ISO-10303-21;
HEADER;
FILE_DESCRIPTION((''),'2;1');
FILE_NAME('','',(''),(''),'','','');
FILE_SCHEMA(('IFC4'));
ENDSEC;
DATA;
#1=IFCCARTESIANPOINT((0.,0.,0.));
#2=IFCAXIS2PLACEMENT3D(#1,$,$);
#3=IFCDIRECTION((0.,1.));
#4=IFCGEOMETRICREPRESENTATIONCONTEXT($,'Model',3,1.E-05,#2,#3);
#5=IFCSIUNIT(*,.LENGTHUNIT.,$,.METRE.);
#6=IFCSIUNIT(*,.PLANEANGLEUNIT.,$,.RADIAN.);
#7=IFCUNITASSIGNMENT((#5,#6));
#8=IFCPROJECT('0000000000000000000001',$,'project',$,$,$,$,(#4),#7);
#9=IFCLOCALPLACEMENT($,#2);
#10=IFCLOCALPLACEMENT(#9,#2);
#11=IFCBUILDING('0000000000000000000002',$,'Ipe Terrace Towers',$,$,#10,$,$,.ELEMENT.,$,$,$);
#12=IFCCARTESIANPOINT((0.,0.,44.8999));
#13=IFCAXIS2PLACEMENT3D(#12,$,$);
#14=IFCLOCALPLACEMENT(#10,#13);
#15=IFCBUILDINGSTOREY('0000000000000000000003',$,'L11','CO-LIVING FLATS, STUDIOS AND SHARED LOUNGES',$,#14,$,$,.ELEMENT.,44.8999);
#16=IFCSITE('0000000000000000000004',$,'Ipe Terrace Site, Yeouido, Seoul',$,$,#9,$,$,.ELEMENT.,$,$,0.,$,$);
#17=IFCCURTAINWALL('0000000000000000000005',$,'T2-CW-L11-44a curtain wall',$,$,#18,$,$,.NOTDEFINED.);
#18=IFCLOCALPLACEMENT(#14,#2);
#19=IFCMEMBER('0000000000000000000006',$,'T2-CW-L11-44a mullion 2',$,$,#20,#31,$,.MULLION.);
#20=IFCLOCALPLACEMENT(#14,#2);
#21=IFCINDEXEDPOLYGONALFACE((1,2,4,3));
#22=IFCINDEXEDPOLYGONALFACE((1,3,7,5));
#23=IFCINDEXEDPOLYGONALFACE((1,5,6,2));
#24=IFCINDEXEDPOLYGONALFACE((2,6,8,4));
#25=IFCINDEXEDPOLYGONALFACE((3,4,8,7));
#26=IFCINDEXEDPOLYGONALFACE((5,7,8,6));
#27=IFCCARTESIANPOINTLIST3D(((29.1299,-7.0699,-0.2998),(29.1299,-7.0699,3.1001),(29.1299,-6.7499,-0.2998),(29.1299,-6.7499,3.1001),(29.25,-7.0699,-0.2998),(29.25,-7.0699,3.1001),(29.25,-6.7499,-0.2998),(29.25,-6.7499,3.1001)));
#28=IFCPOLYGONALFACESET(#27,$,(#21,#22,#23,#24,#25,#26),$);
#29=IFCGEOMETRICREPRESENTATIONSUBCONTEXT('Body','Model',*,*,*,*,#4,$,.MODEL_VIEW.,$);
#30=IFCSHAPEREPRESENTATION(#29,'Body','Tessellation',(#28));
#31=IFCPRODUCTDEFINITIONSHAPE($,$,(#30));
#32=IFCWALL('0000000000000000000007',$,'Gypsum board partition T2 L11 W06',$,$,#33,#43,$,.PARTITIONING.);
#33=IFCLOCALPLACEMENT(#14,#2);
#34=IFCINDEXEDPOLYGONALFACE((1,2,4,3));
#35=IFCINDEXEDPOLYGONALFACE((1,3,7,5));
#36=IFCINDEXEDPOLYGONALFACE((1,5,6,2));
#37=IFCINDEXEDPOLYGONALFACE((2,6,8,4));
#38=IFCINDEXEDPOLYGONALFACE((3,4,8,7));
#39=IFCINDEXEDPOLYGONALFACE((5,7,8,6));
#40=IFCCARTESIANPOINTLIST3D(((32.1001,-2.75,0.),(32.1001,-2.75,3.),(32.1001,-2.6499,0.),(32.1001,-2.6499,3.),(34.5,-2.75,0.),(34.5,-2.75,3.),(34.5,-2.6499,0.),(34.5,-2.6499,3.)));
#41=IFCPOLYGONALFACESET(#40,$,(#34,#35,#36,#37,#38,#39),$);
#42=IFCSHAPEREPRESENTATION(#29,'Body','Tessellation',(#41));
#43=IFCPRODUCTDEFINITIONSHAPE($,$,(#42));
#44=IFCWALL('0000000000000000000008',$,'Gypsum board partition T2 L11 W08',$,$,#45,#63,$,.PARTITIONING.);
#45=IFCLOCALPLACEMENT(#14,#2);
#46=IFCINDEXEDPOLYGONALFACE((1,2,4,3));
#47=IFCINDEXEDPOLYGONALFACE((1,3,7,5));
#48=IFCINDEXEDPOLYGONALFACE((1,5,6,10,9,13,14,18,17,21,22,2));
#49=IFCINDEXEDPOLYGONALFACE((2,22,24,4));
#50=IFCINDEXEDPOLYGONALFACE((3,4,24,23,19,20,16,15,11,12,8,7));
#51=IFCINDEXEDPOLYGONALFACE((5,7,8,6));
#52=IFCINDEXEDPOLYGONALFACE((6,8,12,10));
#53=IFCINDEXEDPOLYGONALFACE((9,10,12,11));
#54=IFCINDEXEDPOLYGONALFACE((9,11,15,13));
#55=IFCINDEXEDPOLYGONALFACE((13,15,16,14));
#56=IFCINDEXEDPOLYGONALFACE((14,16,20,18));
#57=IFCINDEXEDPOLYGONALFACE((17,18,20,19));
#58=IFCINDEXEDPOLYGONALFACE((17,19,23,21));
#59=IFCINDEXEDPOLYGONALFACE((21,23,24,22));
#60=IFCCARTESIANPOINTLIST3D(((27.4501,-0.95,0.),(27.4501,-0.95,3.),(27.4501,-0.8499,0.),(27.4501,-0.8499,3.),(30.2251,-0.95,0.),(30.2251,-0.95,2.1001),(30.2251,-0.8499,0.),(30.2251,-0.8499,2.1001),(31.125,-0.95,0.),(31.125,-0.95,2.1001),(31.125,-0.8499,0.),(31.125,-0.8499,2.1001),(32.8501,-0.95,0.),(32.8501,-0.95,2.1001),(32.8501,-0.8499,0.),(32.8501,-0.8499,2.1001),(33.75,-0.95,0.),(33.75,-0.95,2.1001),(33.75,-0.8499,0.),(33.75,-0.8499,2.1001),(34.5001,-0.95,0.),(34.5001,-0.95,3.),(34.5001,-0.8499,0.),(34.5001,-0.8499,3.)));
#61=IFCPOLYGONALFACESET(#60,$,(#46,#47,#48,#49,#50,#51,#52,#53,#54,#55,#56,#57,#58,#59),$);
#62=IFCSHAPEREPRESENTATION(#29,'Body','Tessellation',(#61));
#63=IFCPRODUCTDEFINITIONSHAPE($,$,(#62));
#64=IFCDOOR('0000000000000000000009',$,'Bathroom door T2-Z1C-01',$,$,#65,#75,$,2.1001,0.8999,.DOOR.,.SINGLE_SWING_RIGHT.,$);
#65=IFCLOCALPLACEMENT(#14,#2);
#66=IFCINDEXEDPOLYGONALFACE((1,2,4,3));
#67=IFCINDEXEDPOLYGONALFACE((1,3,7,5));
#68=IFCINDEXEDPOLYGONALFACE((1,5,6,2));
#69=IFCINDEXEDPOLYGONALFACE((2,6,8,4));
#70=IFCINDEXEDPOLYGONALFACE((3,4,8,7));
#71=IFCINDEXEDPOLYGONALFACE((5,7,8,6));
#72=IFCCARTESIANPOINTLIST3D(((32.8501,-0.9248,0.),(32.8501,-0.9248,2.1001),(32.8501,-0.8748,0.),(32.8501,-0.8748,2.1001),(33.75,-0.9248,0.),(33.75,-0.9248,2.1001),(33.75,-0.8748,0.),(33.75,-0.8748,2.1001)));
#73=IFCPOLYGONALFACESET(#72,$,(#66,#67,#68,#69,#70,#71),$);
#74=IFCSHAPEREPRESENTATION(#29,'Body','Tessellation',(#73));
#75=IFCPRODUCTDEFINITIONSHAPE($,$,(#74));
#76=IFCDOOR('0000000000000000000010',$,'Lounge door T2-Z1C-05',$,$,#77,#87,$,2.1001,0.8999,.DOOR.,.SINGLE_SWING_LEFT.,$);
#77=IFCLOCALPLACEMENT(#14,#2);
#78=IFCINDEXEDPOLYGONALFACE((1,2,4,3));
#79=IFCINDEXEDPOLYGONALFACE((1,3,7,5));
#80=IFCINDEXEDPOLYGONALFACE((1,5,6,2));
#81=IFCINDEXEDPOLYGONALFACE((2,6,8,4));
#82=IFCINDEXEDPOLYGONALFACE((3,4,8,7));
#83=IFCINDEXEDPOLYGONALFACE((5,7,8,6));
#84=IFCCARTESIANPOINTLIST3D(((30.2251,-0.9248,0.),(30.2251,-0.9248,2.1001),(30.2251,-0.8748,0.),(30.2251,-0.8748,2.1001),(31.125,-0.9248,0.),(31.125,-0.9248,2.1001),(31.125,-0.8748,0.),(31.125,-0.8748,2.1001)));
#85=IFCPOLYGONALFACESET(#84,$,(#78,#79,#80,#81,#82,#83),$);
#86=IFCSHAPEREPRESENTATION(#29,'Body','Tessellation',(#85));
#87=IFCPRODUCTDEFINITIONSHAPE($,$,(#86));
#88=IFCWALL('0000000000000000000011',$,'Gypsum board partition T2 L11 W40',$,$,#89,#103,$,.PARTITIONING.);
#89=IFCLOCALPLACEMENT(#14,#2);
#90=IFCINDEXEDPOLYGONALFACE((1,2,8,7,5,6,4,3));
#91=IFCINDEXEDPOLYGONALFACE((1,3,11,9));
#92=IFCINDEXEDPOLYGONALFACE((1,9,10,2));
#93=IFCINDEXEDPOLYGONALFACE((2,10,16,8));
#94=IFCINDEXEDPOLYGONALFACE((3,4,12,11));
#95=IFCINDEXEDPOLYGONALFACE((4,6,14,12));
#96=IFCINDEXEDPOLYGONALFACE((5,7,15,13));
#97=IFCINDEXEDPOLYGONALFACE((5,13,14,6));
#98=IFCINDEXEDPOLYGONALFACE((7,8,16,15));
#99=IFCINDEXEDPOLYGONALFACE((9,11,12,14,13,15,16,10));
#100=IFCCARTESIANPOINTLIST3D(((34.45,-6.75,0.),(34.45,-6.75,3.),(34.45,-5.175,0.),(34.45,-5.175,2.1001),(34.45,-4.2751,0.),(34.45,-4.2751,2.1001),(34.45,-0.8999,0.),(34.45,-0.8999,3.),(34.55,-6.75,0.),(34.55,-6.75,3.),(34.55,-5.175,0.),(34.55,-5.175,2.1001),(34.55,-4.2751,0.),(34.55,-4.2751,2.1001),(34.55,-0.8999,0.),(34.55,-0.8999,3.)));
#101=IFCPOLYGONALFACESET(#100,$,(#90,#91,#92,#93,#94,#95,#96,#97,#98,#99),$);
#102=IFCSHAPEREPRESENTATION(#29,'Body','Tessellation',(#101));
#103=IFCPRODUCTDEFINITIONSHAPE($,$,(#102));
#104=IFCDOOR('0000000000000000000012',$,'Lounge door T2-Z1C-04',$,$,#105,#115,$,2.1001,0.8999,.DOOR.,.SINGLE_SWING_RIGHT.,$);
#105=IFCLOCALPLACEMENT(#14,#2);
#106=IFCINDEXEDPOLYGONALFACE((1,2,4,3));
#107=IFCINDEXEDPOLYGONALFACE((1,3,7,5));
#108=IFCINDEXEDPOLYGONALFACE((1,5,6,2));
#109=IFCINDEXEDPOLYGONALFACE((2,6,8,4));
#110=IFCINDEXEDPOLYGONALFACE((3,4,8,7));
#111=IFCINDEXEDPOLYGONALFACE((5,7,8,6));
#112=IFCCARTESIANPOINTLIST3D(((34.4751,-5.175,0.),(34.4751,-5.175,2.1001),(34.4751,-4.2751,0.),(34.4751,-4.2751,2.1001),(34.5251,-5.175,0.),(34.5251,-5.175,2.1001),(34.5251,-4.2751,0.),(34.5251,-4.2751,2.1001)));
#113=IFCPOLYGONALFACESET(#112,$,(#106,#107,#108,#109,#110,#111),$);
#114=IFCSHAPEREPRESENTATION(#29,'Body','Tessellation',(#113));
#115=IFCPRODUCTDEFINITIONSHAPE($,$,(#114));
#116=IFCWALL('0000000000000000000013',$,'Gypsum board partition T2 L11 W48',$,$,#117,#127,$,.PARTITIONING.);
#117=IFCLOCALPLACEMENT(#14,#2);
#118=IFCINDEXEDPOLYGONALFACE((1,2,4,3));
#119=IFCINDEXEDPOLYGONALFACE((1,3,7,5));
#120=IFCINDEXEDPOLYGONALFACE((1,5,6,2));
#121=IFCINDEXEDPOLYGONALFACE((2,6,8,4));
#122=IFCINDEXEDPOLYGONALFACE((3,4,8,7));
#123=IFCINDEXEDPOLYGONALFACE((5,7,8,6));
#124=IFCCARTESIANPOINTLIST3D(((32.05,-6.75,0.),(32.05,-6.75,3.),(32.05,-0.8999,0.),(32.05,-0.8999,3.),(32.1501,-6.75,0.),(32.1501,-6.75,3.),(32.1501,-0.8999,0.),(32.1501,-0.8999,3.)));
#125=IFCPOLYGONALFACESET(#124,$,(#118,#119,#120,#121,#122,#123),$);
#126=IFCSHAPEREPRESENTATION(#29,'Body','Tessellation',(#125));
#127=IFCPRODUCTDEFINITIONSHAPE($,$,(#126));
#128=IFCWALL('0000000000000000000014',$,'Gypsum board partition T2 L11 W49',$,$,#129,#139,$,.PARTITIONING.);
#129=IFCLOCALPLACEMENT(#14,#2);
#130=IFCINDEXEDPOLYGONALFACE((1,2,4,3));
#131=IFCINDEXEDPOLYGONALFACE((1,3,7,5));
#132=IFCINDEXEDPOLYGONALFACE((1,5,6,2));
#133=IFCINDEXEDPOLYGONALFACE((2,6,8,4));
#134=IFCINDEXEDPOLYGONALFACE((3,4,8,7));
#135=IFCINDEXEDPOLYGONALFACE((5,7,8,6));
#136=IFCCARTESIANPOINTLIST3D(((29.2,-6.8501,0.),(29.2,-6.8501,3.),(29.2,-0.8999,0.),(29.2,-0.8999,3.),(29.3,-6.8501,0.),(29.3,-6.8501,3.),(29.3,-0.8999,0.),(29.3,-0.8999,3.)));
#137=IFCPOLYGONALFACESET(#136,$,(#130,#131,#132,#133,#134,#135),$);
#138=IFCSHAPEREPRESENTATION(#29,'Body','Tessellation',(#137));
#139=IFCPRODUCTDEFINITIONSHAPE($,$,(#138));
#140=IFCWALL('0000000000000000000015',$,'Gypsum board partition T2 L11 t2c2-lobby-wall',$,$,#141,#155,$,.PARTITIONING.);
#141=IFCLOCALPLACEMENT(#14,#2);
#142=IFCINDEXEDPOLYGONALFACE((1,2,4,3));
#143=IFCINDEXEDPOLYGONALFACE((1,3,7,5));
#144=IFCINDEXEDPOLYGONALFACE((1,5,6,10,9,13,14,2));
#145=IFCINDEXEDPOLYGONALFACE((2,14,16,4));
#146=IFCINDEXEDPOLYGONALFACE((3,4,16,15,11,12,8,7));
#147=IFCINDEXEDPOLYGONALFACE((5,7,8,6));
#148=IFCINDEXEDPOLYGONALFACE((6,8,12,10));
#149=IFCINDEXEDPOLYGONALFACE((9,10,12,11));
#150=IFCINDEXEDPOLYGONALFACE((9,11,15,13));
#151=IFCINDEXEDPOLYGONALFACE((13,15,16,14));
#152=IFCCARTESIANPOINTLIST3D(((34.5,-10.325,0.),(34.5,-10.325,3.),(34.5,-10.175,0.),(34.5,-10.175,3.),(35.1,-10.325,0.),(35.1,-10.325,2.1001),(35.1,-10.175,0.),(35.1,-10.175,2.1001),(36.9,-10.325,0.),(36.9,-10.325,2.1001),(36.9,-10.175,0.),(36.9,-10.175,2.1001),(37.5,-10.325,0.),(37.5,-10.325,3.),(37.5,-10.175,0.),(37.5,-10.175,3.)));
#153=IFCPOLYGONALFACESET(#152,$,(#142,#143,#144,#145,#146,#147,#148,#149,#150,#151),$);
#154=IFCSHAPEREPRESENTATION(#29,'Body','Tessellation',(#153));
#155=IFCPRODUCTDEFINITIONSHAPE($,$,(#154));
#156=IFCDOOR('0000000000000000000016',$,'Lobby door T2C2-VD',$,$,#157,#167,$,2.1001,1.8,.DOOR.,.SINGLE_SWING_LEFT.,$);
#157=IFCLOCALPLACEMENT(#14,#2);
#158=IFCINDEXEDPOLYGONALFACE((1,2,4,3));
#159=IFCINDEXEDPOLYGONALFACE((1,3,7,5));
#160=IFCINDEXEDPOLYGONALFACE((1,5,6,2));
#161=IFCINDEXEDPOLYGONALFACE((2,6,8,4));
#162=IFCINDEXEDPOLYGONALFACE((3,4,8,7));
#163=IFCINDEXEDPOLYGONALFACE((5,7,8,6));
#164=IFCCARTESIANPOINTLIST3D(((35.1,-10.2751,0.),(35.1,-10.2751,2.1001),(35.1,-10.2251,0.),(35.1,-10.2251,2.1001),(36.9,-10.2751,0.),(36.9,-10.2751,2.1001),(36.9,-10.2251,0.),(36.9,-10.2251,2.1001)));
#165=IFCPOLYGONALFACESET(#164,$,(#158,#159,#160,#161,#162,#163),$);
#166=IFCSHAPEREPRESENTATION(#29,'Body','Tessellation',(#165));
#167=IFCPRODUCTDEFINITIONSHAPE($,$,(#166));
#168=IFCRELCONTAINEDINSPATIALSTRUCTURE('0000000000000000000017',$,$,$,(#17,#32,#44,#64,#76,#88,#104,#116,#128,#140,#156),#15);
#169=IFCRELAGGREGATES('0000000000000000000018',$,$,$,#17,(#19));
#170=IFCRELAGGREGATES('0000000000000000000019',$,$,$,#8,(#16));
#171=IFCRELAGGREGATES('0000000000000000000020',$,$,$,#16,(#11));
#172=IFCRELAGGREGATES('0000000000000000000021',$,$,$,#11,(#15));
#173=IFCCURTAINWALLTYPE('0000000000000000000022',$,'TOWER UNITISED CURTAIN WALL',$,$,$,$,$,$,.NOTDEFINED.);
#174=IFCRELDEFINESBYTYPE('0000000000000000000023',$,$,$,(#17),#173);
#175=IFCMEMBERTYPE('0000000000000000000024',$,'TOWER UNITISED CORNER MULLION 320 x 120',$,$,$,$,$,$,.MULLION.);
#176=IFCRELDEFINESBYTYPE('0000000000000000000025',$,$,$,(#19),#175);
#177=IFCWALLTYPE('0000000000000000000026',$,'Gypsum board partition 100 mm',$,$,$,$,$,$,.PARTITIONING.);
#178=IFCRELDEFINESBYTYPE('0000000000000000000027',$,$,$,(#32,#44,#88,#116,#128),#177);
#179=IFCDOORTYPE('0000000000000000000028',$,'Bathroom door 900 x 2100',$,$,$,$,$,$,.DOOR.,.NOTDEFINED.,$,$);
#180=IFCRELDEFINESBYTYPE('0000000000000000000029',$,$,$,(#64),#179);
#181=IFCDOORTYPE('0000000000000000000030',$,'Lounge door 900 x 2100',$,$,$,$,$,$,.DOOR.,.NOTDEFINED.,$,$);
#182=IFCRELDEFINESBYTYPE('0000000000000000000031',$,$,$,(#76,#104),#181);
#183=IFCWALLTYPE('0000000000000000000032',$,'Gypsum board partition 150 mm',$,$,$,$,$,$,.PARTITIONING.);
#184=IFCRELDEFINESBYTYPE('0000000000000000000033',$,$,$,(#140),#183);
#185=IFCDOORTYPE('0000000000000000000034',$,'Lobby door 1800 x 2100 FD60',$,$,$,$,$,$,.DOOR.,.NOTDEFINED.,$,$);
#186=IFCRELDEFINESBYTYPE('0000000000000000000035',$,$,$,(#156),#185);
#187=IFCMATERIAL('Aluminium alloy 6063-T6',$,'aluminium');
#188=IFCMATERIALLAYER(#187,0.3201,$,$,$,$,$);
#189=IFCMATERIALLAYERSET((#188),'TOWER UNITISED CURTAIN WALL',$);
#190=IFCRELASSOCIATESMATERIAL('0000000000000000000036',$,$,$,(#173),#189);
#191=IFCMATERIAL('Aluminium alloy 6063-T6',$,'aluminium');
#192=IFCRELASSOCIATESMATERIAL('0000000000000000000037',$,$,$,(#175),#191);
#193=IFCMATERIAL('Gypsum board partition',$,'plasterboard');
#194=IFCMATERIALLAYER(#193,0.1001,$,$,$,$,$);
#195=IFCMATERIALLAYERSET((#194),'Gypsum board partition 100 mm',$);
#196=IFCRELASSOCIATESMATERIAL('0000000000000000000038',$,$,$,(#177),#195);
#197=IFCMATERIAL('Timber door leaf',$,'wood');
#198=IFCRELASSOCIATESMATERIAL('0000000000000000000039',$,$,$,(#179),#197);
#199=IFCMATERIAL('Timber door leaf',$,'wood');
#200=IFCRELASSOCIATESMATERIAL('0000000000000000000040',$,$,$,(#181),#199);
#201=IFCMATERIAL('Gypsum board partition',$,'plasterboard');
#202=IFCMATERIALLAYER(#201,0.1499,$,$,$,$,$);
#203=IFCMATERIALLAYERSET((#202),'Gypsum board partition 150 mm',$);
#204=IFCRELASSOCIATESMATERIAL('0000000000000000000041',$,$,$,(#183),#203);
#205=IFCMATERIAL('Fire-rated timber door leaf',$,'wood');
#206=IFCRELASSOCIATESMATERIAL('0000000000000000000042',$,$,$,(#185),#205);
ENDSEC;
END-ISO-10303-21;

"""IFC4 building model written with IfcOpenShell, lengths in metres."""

from ifc_helpers import new_model, si_unit, direction, frame, frame_2d, origin, origin_2d, place, context, subcontext, project, spatial, rectangle, extrude, material, layer, layer_set, material_profile, profile_set, type_object, element, fill, aggregate, save


model = new_model("IFC4")

# Units and contexts
model_context = context("Model", 3, precision=1e-05, world=origin(), true_north=direction((0.0, 1.0)))
body_context = subcontext(model_context, "Body", "Model", "MODEL_VIEW")
ifc_project = project(units=[si_unit("LENGTHUNIT", "METRE"), si_unit("PLANEANGLEUNIT", "RADIAN")], contexts=[model_context])

# Site, building, storey
site_placement = place(None, origin())
site = spatial("IfcSite", under=ifc_project, at=site_placement, Name="Ipe Terrace Site, Yeouido, Seoul", CompositionType="ELEMENT", RefElevation=0.0)
building_placement = place(site_placement, origin())
building = spatial("IfcBuilding", under=site, at=building_placement, Name="Ipe Terrace Towers", CompositionType="ELEMENT")
storey_placement = place(building_placement, frame((0.0, 0.0, 44.8999)))
storey = spatial("IfcBuildingStorey", under=building, at=storey_placement, Name="L11", Description="CO-LIVING FLATS, STUDIOS AND SHARED LOUNGES", CompositionType="ELEMENT", Elevation=44.8999)

# Curtain wall, member
ifc_material_1 = material(Name="Aluminium alloy 6063-T6", Category="aluminium")
ifc_layer_1 = layer(ifc_material_1, 0.3201)
ifc_layer_set_1 = layer_set([ifc_layer_1], Name="TOWER UNITISED CURTAIN WALL")
curtain_wall_type = type_object("IfcCurtainWallType", Name="TOWER UNITISED CURTAIN WALL", PredefinedType="NOTDEFINED", material=ifc_layer_set_1)
curtain_wall_placement = place(storey_placement, origin())
curtain_wall = element("IfcCurtainWall", 1, at=curtain_wall_placement, inside=storey, type_object=curtain_wall_type, Name="T2-CW-L11-44a curtain wall", PredefinedType="NOTDEFINED")
ifc_material_2 = material(Name="Aluminium alloy 6063-T6", Category="aluminium")
ifc_material_profile_1 = material_profile(ifc_material_2, rectangle(XDim=0.3201, YDim=0.1201, at=origin_2d()), Name="TOWER UNITISED CORNER MULLION 320 x 120")
ifc_profile_set_1 = profile_set([ifc_material_profile_1], Name="Aluminium alloy 6063-T6")
member_type = type_object("IfcMemberType", Name="TOWER UNITISED CORNER MULLION 320 x 120", PredefinedType="MULLION", material=ifc_profile_set_1)
member_placement = place(storey_placement, frame((29.1899, -6.9099, -0.2998), z_axis=(0.0, 0.0, 1.0), x_axis=(0.0, -1.0, 0.0)))
member = element("IfcMember", 2, at=member_placement, type_object=member_type, Name="T2-CW-L11-44a mullion 2", PredefinedType="MULLION", context=body_context, shape_type="SweptSolid", body=[
    extrude(rectangle(XDim=0.3201, YDim=0.1201, at=origin_2d()), origin(), (0.0, 0.0, 1.0), 3.3999),
])
aggregate(curtain_wall, [member])

# Wall
ifc_material_3 = material(Name="Gypsum board partition", Category="plasterboard")
ifc_layer_2 = layer(ifc_material_3, 0.1001)
ifc_layer_set_2 = layer_set([ifc_layer_2], Name="Gypsum board partition 100 mm")
wall_type_1 = type_object("IfcWallType", Name="Gypsum board partition 100 mm", PredefinedType="PARTITIONING", material=ifc_layer_set_2)
wall_1_placement = place(storey_placement, frame((34.5, -2.7, 0.0), z_axis=(0.0, 0.0, 1.0), x_axis=(-1.0, 0.0, 0.0)))
element("IfcWall", 3, at=wall_1_placement, inside=storey, type_object=wall_type_1, Name="Gypsum board partition T2 L11 W06", PredefinedType="PARTITIONING", context=body_context, shape_type="SweptSolid", body=[
    extrude(rectangle(XDim=2.3999, YDim=0.1001, at=frame_2d((1.2, 0.0))), origin(), (0.0, 0.0, 1.0), 3.0),
])

# Wall, openings, doors
wall_2_placement = place(storey_placement, frame((34.5, -0.8999, 0.0), z_axis=(0.0, 0.0, 1.0), x_axis=(-1.0, 0.0, 0.0)))
wall_2 = element("IfcWall", 4, at=wall_2_placement, inside=storey, type_object=wall_type_1, Name="Gypsum board partition T2 L11 W08", PredefinedType="PARTITIONING", context=body_context, shape_type="SweptSolid", body=[
    extrude(rectangle(XDim=7.05, YDim=0.1001, at=frame_2d((3.5249, 0.0))), origin(), (0.0, 0.0, 1.0), 3.0),
])
opening_1_placement = place(wall_2_placement, frame((0.75, 0.0, 0.0)))
opening_1 = element("IfcOpeningElement", 5, at=opening_1_placement, cuts=wall_2, PredefinedType="OPENING", context=body_context, shape_type="SweptSolid", body=[
    extrude(rectangle(XDim=0.8999, YDim=2.1001, at=frame_2d((0.45, 1.05))), frame((0.0, 0.0601, 0.0), z_axis=(0.0, -1.0, 0.0), x_axis=(1.0, 0.0, 0.0)), (0.0, 0.0, 1.0), 0.1201),
])
opening_2_placement = place(wall_2_placement, frame((3.375, 0.0, 0.0)))
opening_2 = element("IfcOpeningElement", 6, at=opening_2_placement, cuts=wall_2, PredefinedType="OPENING", context=body_context, shape_type="SweptSolid", body=[
    extrude(rectangle(XDim=0.8999, YDim=2.1001, at=frame_2d((0.45, 1.05))), frame((0.0, 0.0601, 0.0), z_axis=(0.0, -1.0, 0.0), x_axis=(1.0, 0.0, 0.0)), (0.0, 0.0, 1.0), 0.1201),
])
ifc_material_4 = material(Name="Timber door leaf", Category="wood")
door_type_1 = type_object("IfcDoorType", Name="Bathroom door 900 x 2100", OperationType="NOTDEFINED", PredefinedType="DOOR", material=ifc_material_4)
door_1_placement = place(opening_1_placement, origin())
door_1 = element("IfcDoor", 7, at=door_1_placement, inside=storey, type_object=door_type_1, Name="Bathroom door T2-Z1C-01", OperationType="SINGLE_SWING_RIGHT", OverallHeight=2.1001, OverallWidth=0.8999, PredefinedType="DOOR", context=body_context, shape_type="SweptSolid", body=[
    extrude(rectangle(XDim=0.8999, YDim=2.1001, at=frame_2d((0.45, 1.05))), frame((0.0, 0.0249, 0.0), z_axis=(0.0, -1.0, 0.0), x_axis=(1.0, 0.0, 0.0)), (0.0, 0.0, 1.0), 0.05),
])
fill(opening_1, door_1)
ifc_material_5 = material(Name="Timber door leaf", Category="wood")
door_type_2 = type_object("IfcDoorType", Name="Lounge door 900 x 2100", OperationType="NOTDEFINED", PredefinedType="DOOR", material=ifc_material_5)
door_2_placement = place(opening_2_placement, origin())
door_2 = element("IfcDoor", 8, at=door_2_placement, inside=storey, type_object=door_type_2, Name="Lounge door T2-Z1C-05", OperationType="SINGLE_SWING_LEFT", OverallHeight=2.1001, OverallWidth=0.8999, PredefinedType="DOOR", context=body_context, shape_type="SweptSolid", body=[
    extrude(rectangle(XDim=0.8999, YDim=2.1001, at=frame_2d((0.45, 1.05))), frame((0.0, 0.0249, 0.0), z_axis=(0.0, -1.0, 0.0), x_axis=(1.0, 0.0, 0.0)), (0.0, 0.0, 1.0), 0.05),
])
fill(opening_2, door_2)

# Wall, opening, door
wall_3_placement = place(storey_placement, frame((34.5, -6.75, 0.0), z_axis=(0.0, 0.0, 1.0), x_axis=(0.0, 1.0, 0.0)))
wall_3 = element("IfcWall", 9, at=wall_3_placement, inside=storey, type_object=wall_type_1, Name="Gypsum board partition T2 L11 W40", PredefinedType="PARTITIONING", context=body_context, shape_type="SweptSolid", body=[
    extrude(rectangle(XDim=5.8501, YDim=0.1001, at=frame_2d((2.925, 0.0))), origin(), (0.0, 0.0, 1.0), 3.0),
])
opening_3_placement = place(wall_3_placement, frame((1.575, 0.0, 0.0)))
opening_3 = element("IfcOpeningElement", 10, at=opening_3_placement, cuts=wall_3, PredefinedType="OPENING", context=body_context, shape_type="SweptSolid", body=[
    extrude(rectangle(XDim=0.8999, YDim=2.1001, at=frame_2d((0.45, 1.05))), frame((0.0, 0.0601, 0.0), z_axis=(0.0, -1.0, 0.0), x_axis=(1.0, 0.0, 0.0)), (0.0, 0.0, 1.0), 0.1201),
])
door_3_placement = place(opening_3_placement, origin())
door_3 = element("IfcDoor", 11, at=door_3_placement, inside=storey, type_object=door_type_2, Name="Lounge door T2-Z1C-04", OperationType="SINGLE_SWING_RIGHT", OverallHeight=2.1001, OverallWidth=0.8999, PredefinedType="DOOR", context=body_context, shape_type="SweptSolid", body=[
    extrude(rectangle(XDim=0.8999, YDim=2.1001, at=frame_2d((0.45, 1.05))), frame((0.0, 0.0249, 0.0), z_axis=(0.0, -1.0, 0.0), x_axis=(1.0, 0.0, 0.0)), (0.0, 0.0, 1.0), 0.05),
])
fill(opening_3, door_3)

# Walls
wall_4_placement = place(storey_placement, frame((32.1001, -6.75, 0.0), z_axis=(0.0, 0.0, 1.0), x_axis=(0.0, 1.0, 0.0)))
element("IfcWall", 12, at=wall_4_placement, inside=storey, type_object=wall_type_1, Name="Gypsum board partition T2 L11 W48", PredefinedType="PARTITIONING", context=body_context, shape_type="SweptSolid", body=[
    extrude(rectangle(XDim=5.8501, YDim=0.1001, at=frame_2d((2.925, 0.0))), origin(), (0.0, 0.0, 1.0), 3.0),
])
wall_5_placement = place(storey_placement, frame((29.25, -6.8501, 0.0), z_axis=(0.0, 0.0, 1.0), x_axis=(0.0, 1.0, 0.0)))
element("IfcWall", 13, at=wall_5_placement, inside=storey, type_object=wall_type_1, Name="Gypsum board partition T2 L11 W49", PredefinedType="PARTITIONING", context=body_context, shape_type="SweptSolid", body=[
    extrude(rectangle(XDim=5.9502, YDim=0.1001, at=frame_2d((2.9751, 0.0))), origin(), (0.0, 0.0, 1.0), 3.0),
])

# Wall, opening, door
ifc_material_6 = material(Name="Gypsum board partition", Category="plasterboard")
ifc_layer_3 = layer(ifc_material_6, 0.1499)
ifc_layer_set_3 = layer_set([ifc_layer_3], Name="Gypsum board partition 150 mm")
wall_type_2 = type_object("IfcWallType", Name="Gypsum board partition 150 mm", PredefinedType="PARTITIONING", material=ifc_layer_set_3)
wall_6_placement = place(storey_placement, frame((34.5, -10.25, 0.0), z_axis=(0.0, 0.0, 1.0), x_axis=(1.0, 0.0, 0.0)))
wall_6 = element("IfcWall", 14, at=wall_6_placement, inside=storey, type_object=wall_type_2, Name="Gypsum board partition T2 L11 t2c2-lobby-wall", PredefinedType="PARTITIONING", context=body_context, shape_type="SweptSolid", body=[
    extrude(rectangle(XDim=3.0, YDim=0.1499, at=frame_2d((1.5, 0.0))), origin(), (0.0, 0.0, 1.0), 3.0),
])
opening_4_placement = place(wall_6_placement, frame((0.6001, 0.0, 0.0)))
opening_4 = element("IfcOpeningElement", 15, at=opening_4_placement, cuts=wall_6, PredefinedType="OPENING", context=body_context, shape_type="SweptSolid", body=[
    extrude(rectangle(XDim=1.8, YDim=2.1001, at=frame_2d((0.8999, 1.05))), frame((0.0, 0.085, 0.0), z_axis=(0.0, -1.0, 0.0), x_axis=(1.0, 0.0, 0.0)), (0.0, 0.0, 1.0), 0.1699),
])
ifc_material_7 = material(Name="Fire-rated timber door leaf", Category="wood")
door_type_3 = type_object("IfcDoorType", Name="Lobby door 1800 x 2100 FD60", OperationType="NOTDEFINED", PredefinedType="DOOR", material=ifc_material_7)
door_4_placement = place(opening_4_placement, origin())
door_4 = element("IfcDoor", 16, at=door_4_placement, inside=storey, type_object=door_type_3, Name="Lobby door T2C2-VD", OperationType="SINGLE_SWING_LEFT", OverallHeight=2.1001, OverallWidth=1.8, PredefinedType="DOOR", context=body_context, shape_type="SweptSolid", body=[
    extrude(rectangle(XDim=1.8, YDim=2.1001, at=frame_2d((0.8999, 1.05))), frame((0.0, 0.0249, 0.0), z_axis=(0.0, -1.0, 0.0), x_axis=(1.0, 0.0, 0.0)), (0.0, 0.0, 1.0), 0.05),
])
fill(opening_4, door_4)

save(model, "model.ifc")
